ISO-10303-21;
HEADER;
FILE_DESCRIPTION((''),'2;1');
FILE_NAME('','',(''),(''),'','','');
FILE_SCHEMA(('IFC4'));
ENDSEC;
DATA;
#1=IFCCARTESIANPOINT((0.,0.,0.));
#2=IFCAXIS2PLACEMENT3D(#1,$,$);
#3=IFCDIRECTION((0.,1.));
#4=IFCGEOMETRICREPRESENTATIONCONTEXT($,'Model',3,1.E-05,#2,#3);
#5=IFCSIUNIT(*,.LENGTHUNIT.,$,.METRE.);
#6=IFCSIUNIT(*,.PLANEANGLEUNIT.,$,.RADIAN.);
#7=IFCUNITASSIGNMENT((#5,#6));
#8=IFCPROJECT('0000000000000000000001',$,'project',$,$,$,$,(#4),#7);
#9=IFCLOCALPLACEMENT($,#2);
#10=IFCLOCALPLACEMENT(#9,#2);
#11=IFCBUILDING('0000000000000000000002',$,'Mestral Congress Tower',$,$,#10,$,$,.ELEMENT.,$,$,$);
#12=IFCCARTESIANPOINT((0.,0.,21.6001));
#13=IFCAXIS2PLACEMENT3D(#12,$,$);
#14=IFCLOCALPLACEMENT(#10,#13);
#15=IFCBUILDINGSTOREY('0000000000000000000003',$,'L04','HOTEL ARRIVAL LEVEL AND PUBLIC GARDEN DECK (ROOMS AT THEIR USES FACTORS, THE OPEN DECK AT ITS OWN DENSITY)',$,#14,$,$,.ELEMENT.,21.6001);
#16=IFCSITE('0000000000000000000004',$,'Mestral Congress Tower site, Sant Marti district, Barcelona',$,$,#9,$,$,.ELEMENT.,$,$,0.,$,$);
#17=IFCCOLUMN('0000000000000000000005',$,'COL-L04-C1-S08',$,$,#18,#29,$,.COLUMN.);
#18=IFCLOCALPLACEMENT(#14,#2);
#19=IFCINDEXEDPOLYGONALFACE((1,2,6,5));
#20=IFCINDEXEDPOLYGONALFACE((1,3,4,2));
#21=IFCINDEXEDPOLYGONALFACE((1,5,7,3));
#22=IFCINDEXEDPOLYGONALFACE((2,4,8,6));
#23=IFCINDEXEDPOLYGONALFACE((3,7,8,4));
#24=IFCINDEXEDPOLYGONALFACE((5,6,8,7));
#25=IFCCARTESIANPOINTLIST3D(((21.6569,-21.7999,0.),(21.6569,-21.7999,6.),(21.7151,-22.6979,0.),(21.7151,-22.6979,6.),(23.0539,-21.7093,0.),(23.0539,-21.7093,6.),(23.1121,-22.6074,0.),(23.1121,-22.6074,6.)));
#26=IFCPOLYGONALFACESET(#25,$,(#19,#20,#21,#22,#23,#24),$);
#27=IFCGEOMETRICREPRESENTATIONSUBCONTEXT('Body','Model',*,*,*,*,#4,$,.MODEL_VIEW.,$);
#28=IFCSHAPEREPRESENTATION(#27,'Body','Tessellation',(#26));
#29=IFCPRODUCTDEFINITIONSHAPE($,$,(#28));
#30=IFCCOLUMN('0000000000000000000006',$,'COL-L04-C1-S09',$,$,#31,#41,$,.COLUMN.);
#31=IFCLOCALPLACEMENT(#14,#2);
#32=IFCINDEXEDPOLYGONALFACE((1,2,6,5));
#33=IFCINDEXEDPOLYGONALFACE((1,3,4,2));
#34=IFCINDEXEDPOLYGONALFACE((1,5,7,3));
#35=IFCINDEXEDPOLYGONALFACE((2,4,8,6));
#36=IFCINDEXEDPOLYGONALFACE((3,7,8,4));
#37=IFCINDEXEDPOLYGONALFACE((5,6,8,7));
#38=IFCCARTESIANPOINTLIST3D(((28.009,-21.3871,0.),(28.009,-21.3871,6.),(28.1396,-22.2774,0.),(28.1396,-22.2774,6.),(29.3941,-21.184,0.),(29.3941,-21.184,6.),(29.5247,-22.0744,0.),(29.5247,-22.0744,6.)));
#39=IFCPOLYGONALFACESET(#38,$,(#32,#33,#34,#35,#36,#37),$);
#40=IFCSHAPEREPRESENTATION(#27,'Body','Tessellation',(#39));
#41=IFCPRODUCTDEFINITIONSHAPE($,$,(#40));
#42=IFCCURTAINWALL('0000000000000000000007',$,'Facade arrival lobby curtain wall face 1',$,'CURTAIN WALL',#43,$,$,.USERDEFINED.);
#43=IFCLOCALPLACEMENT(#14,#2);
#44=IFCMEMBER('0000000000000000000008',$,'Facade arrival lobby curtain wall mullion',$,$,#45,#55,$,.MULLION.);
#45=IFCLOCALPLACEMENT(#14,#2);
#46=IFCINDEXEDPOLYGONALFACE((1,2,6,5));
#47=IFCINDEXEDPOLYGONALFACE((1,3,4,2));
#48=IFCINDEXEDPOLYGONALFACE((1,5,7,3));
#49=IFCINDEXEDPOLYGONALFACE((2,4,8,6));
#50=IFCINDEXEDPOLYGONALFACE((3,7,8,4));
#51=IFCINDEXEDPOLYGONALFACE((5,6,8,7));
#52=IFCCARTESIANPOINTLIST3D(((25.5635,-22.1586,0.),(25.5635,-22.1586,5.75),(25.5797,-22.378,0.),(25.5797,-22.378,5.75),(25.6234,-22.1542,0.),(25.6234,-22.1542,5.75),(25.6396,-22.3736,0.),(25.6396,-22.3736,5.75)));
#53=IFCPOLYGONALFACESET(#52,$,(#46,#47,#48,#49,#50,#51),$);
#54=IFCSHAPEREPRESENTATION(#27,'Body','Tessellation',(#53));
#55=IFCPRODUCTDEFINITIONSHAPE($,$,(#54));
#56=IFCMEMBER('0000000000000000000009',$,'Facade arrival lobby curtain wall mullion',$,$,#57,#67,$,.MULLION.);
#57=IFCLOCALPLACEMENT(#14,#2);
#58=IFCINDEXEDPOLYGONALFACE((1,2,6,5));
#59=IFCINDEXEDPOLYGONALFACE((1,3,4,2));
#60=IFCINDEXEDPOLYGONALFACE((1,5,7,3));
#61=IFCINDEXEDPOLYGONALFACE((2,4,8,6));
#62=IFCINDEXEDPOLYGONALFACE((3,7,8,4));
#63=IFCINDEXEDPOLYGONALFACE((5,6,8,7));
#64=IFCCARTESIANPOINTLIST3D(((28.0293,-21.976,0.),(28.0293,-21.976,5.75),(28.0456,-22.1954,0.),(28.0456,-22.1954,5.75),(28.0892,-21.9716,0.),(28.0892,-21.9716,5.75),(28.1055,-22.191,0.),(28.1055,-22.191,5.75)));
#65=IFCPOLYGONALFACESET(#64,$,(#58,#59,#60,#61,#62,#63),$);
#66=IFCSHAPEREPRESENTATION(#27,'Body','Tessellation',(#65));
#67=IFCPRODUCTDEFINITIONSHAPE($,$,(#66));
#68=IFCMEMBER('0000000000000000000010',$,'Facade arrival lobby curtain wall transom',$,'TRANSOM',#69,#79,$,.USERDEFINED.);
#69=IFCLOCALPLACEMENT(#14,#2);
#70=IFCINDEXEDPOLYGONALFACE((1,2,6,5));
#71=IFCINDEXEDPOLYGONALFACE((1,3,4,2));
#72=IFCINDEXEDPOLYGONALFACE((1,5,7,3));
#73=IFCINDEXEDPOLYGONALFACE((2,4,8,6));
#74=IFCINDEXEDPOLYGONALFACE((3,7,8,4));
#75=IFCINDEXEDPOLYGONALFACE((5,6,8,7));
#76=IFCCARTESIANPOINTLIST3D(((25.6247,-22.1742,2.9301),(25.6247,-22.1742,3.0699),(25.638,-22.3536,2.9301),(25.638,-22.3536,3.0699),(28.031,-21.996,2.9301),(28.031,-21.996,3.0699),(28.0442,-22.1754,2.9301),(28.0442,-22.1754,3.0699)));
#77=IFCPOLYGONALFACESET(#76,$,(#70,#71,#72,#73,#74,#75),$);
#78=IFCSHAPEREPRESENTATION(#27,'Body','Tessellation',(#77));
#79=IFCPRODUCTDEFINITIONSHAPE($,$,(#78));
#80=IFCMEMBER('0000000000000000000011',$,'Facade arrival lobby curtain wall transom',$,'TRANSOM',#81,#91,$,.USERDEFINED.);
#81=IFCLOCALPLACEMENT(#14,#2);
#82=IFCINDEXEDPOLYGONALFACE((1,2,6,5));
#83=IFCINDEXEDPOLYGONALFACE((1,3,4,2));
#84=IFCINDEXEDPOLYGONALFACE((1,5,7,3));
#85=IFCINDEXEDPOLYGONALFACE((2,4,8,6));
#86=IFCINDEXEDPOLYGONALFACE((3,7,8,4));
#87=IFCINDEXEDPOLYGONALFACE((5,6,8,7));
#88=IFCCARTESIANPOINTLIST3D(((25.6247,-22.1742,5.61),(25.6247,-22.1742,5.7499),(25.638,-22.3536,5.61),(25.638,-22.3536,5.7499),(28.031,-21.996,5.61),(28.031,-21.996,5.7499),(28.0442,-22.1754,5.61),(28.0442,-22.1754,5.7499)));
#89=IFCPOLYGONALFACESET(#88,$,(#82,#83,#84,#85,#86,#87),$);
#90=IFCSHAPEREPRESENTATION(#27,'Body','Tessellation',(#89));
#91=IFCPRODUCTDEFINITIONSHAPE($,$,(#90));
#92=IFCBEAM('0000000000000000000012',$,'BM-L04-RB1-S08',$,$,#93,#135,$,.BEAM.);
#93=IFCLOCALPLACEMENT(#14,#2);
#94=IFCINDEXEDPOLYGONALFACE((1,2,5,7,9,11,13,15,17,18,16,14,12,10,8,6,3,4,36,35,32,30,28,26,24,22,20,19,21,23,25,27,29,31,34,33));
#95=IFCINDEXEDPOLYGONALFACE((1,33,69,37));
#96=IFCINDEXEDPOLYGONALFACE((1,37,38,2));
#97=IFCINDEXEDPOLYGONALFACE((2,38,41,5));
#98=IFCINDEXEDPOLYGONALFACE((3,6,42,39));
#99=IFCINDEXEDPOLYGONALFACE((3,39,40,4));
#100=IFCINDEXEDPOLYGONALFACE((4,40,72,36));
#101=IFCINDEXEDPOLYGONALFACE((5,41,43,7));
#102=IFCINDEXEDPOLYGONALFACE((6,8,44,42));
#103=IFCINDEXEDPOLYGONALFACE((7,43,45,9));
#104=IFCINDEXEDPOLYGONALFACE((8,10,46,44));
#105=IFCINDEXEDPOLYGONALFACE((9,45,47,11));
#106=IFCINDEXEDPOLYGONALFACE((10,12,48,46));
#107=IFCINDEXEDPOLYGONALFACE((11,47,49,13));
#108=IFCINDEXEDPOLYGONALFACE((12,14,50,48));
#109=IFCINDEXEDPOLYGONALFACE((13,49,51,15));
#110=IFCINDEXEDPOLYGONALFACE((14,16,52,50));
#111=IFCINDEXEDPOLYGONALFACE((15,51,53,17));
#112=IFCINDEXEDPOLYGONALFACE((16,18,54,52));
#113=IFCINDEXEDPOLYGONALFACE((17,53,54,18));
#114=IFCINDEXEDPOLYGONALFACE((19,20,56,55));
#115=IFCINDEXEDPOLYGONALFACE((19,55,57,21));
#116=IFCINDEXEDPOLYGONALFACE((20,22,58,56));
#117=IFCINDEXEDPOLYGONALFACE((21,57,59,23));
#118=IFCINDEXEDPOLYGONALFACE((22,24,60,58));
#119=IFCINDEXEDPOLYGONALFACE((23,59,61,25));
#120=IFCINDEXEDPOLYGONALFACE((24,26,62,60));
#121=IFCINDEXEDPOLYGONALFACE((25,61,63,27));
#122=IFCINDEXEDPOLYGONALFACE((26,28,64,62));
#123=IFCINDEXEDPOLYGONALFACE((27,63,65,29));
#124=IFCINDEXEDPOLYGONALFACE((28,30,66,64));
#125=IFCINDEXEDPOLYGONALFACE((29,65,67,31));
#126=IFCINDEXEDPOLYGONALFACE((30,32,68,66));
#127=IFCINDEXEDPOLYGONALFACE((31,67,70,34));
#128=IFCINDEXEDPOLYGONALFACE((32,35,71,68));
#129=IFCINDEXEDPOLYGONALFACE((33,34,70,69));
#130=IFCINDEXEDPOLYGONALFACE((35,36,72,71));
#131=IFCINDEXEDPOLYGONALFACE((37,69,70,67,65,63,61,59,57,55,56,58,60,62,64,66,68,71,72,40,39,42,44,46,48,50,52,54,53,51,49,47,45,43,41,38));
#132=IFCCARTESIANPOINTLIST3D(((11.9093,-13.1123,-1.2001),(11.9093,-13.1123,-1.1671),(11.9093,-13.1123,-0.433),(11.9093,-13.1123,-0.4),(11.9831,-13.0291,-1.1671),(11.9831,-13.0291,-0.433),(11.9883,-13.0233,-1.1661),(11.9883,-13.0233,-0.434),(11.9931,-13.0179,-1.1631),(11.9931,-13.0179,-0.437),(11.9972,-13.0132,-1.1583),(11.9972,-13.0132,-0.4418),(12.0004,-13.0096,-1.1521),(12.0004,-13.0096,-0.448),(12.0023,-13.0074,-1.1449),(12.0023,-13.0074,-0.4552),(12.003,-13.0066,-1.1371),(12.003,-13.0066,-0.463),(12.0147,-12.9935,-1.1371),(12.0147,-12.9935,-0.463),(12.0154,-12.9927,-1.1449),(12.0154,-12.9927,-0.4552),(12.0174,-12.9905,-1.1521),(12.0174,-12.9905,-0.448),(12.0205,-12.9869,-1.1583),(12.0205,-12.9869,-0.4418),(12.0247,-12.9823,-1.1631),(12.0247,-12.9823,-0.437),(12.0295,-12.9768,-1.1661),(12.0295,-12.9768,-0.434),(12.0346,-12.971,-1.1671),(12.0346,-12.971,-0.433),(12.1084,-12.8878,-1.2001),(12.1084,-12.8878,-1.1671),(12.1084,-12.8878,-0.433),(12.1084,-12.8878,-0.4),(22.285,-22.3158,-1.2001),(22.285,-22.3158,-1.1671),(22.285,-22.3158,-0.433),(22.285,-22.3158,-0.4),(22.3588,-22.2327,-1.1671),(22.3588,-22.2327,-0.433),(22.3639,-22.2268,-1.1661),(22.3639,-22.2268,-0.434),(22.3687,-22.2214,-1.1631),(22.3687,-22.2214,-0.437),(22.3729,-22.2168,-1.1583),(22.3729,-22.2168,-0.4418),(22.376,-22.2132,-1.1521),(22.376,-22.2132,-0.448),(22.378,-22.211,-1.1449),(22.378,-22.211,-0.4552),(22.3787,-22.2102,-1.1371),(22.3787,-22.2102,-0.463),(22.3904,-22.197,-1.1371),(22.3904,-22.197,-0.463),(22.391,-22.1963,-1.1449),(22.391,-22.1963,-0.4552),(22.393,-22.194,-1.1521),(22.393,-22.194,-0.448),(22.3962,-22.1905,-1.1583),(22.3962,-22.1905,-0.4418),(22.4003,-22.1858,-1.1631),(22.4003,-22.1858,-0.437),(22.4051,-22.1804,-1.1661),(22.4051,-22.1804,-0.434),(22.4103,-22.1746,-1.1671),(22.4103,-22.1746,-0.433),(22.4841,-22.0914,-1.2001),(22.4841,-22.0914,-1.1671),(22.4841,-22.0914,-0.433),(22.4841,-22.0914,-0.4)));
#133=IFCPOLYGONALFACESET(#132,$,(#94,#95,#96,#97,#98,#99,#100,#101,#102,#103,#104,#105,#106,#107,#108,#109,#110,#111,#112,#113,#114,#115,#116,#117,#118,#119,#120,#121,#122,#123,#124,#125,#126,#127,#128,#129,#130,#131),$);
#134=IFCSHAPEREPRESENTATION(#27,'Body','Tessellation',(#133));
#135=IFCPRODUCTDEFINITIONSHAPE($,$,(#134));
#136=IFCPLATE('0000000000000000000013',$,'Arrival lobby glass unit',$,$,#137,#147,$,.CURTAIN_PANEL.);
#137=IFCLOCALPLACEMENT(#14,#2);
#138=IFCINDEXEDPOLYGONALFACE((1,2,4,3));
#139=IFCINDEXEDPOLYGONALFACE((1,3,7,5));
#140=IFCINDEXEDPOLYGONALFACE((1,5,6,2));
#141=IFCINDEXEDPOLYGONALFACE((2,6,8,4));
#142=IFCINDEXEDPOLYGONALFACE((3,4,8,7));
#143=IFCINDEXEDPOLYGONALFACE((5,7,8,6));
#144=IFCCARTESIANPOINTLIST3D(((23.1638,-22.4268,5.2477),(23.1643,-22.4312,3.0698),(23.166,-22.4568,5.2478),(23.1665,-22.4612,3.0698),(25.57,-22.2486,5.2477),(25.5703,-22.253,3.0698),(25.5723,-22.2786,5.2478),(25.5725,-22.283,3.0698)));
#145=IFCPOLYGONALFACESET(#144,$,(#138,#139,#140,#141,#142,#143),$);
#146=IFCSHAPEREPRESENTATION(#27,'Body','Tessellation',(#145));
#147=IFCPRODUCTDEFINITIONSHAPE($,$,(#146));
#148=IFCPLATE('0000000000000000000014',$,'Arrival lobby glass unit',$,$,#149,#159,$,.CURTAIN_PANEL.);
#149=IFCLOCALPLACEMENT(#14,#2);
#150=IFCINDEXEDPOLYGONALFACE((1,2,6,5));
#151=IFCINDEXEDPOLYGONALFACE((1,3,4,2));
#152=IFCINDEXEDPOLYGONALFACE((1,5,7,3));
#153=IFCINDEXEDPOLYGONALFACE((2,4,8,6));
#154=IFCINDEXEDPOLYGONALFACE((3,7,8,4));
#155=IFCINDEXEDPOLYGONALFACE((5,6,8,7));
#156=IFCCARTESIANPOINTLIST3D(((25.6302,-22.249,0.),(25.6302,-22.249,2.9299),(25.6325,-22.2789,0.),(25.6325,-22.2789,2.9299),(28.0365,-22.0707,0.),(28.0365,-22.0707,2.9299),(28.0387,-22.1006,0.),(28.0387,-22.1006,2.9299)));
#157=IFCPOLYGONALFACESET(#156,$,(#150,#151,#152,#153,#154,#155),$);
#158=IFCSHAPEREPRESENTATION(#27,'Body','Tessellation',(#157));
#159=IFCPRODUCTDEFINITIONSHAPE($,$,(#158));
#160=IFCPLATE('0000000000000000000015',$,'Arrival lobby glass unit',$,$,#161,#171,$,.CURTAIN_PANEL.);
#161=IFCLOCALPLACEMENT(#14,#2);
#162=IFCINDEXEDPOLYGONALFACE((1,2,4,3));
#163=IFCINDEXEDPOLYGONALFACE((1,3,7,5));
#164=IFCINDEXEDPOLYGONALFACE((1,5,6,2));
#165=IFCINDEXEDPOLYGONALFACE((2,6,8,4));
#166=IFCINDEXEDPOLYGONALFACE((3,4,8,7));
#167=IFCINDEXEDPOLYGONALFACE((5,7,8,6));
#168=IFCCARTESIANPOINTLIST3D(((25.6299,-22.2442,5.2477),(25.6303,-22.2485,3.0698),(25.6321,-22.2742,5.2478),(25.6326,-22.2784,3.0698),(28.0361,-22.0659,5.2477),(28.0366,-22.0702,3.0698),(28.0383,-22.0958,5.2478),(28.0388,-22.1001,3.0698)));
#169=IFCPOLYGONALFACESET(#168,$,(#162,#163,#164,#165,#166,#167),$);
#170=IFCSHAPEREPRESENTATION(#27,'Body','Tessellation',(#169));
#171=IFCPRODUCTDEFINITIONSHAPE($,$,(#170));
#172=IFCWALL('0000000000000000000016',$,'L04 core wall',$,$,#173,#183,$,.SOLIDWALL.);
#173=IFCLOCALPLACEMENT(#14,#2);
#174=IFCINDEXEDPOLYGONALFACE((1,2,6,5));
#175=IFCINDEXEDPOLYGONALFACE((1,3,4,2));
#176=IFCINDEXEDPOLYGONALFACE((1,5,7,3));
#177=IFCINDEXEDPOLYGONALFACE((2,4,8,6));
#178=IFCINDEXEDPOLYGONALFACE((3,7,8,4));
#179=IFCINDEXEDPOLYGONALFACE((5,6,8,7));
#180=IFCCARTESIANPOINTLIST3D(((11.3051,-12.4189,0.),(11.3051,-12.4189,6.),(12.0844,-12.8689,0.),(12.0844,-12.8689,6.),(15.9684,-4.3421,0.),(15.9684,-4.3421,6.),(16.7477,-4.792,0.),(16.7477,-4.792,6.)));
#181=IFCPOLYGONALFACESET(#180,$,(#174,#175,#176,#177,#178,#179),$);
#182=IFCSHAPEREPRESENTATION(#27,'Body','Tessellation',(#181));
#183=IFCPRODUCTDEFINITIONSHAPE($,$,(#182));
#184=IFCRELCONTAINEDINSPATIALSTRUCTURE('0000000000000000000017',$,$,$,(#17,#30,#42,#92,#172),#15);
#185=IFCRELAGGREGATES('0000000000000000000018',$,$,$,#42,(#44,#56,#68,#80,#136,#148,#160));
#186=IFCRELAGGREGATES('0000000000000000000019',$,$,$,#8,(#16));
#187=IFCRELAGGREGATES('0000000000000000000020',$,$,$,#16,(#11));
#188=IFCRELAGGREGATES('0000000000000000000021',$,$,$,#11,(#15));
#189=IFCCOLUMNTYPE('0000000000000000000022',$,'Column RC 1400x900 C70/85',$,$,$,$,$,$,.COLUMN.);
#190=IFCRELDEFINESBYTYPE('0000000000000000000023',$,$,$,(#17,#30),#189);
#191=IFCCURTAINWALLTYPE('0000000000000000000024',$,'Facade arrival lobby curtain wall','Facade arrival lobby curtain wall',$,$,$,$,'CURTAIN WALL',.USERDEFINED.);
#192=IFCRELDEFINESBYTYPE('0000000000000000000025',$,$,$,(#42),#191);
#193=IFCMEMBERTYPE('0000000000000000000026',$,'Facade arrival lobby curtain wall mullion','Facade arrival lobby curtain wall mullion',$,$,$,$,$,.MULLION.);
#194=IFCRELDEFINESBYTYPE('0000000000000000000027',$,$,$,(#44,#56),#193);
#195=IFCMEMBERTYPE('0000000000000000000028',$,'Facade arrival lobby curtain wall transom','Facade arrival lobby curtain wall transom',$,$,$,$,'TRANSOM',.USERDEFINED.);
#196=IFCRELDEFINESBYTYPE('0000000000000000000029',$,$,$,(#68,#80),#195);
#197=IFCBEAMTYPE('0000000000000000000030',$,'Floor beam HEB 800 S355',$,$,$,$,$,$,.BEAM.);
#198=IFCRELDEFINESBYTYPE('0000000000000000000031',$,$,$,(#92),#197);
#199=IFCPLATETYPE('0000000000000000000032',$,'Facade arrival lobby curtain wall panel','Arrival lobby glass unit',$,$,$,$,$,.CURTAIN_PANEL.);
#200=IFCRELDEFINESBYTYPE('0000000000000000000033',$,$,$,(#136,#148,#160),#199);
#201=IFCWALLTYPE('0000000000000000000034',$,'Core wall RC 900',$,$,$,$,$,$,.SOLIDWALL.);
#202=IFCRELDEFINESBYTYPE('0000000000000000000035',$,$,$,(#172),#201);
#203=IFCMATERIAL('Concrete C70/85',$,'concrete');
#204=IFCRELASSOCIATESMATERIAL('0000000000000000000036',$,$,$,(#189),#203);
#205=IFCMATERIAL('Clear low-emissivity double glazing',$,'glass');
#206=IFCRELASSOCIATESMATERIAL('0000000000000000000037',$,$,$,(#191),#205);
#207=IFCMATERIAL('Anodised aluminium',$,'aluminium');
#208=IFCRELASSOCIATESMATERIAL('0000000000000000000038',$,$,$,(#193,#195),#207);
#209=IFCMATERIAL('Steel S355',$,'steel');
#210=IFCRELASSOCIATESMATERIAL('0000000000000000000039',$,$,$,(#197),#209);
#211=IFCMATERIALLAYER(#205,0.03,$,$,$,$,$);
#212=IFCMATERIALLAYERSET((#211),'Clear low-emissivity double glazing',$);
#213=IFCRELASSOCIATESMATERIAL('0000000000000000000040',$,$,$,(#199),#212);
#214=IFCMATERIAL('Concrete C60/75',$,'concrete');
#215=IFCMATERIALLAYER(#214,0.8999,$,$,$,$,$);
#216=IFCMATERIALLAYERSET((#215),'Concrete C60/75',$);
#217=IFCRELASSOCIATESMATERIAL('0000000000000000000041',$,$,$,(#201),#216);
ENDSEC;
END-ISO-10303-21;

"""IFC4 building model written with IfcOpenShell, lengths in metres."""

from ifc_helpers import new_model, si_unit, direction, frame, frame_2d, origin, origin_2d, place, context, subcontext, project, spatial, polyline, rectangle, i_section, outline, extrude, material, layer, layer_set, material_profile, profile_set, type_object, element, aggregate, save


model = new_model("IFC4")

# Units and contexts
model_context = context("Model", 3, precision=1e-05, world=origin(), true_north=direction((0.0, 1.0)))
body_context = subcontext(model_context, "Body", "Model", "MODEL_VIEW")
ifc_project = project(units=[si_unit("LENGTHUNIT", "METRE"), si_unit("PLANEANGLEUNIT", "RADIAN")], contexts=[model_context])

# Site, building, storey
site_placement = place(None, origin())
site = spatial("IfcSite", under=ifc_project, at=site_placement, Name="Mestral Congress Tower site, Sant Marti district, Barcelona", CompositionType="ELEMENT", RefElevation=0.0)
building_placement = place(site_placement, origin())
building = spatial("IfcBuilding", under=site, at=building_placement, Name="Mestral Congress Tower", CompositionType="ELEMENT")
storey_placement = place(building_placement, frame((0.0, 0.0, 21.6001)))
storey = spatial("IfcBuildingStorey", under=building, at=storey_placement, Name="L04", Description="HOTEL ARRIVAL LEVEL AND PUBLIC GARDEN DECK (ROOMS AT THEIR USES FACTORS, THE OPEN DECK AT ITS OWN DENSITY)", CompositionType="ELEMENT", Elevation=21.6001)

# Columns
ifc_material_1 = material(Name="Concrete C70/85", Category="concrete")
ifc_material_profile_1 = material_profile(ifc_material_1, rectangle(XDim=1.3999, YDim=0.8999, at=origin_2d()), Name="RC 1400x900")
ifc_profile_set_1 = profile_set([ifc_material_profile_1], Name="Concrete C70/85")
column_type = type_object("IfcColumnType", Name="Column RC 1400x900 C70/85", PredefinedType="COLUMN", material=ifc_profile_set_1)
for number, where, z_axis, x_axis, name in (
    (1, (22.3845, -22.2036, 0.0), (0.0, 0.0, 1.0), (0.997908, 0.064658, 0.0), "COL-L04-C1-S08"),
    (2, (28.7668, -21.7307, 0.0), (0.0, 0.0, 1.0), (0.989424, 0.145056, 0.0), "COL-L04-C1-S09"),
):
    element("IfcColumn", number, at=place(storey_placement, frame(where, z_axis=z_axis, x_axis=x_axis)), inside=storey, type_object=column_type, Name=name, PredefinedType="COLUMN", context=body_context, shape_type="SweptSolid", body=[
        extrude(rectangle(XDim=1.3999, YDim=0.8999, at=origin_2d()), origin(), (0.0, 0.0, 1.0), 6.0),
    ])

# Curtain wall, members
ifc_material_2 = material(Name="Clear low-emissivity double glazing", Category="glass")
curtain_wall_type = type_object("IfcCurtainWallType", Name="Facade arrival lobby curtain wall", Description="Facade arrival lobby curtain wall", ElementType="CURTAIN WALL", PredefinedType="USERDEFINED", material=ifc_material_2)
curtain_wall_placement = place(storey_placement, origin())
curtain_wall = element("IfcCurtainWall", 3, at=curtain_wall_placement, inside=storey, type_object=curtain_wall_type, Name="Facade arrival lobby curtain wall face 1", ObjectType="CURTAIN WALL", PredefinedType="USERDEFINED")
ifc_material_3 = material(Name="Anodised aluminium", Category="aluminium")
ifc_material_profile_2 = material_profile(ifc_material_3, rectangle(XDim=0.22, YDim=0.0601, at=origin_2d()), Name="CW4 mullion 220 x 60")
ifc_profile_set_2 = profile_set([ifc_material_profile_2], Name="Anodised aluminium")
member_type_1 = type_object("IfcMemberType", Name="Facade arrival lobby curtain wall mullion", Description="Facade arrival lobby curtain wall mullion", PredefinedType="MULLION", material=ifc_profile_set_2)
member_1_placement = place(storey_placement, frame((25.6016, -22.2661, 0.0), z_axis=(0.0, 0.0, 1.0), x_axis=(0.073879, -0.997267, 0.0)))
member_1 = element("IfcMember", 4, at=member_1_placement, type_object=member_type_1, Name="Facade arrival lobby curtain wall mullion", PredefinedType="MULLION", context=body_context, shape_type="SweptSolid", body=[
    extrude(rectangle(XDim=0.22, YDim=0.0601, at=origin_2d()), origin(), (0.0, 0.0, 1.0), 5.75),
])
member_2_placement = place(storey_placement, frame((28.0674, -22.0835, 0.0), z_axis=(0.0, 0.0, 1.0), x_axis=(0.073879, -0.997267, 0.0)))
member_2 = element("IfcMember", 5, at=member_2_placement, type_object=member_type_1, Name="Facade arrival lobby curtain wall mullion", PredefinedType="MULLION", context=body_context, shape_type="SweptSolid", body=[
    extrude(rectangle(XDim=0.22, YDim=0.0601, at=origin_2d()), origin(), (0.0, 0.0, 1.0), 5.75),
])
ifc_material_profile_3 = material_profile(ifc_material_3, rectangle(XDim=0.1799, YDim=0.1399, at=origin_2d()), Name="CW4 transom 180 x 140")
ifc_profile_set_3 = profile_set([ifc_material_profile_3], Name="Anodised aluminium")
member_type_2 = type_object("IfcMemberType", Name="Facade arrival lobby curtain wall transom", Description="Facade arrival lobby curtain wall transom", ElementType="TRANSOM", PredefinedType="USERDEFINED", material=ifc_profile_set_3)
member_3_placement = place(storey_placement, frame((25.6313, -22.2639, 3.0), z_axis=(0.997268, 0.073864, 0.0), x_axis=(-0.073864, 0.997268, 0.0)))
member_3 = element("IfcMember", 6, at=member_3_placement, type_object=member_type_2, Name="Facade arrival lobby curtain wall transom", ObjectType="TRANSOM", PredefinedType="USERDEFINED", context=body_context, shape_type="SweptSolid", body=[
    extrude(rectangle(XDim=0.1799, YDim=0.1399, at=origin_2d()), origin(), (0.0, 0.0, 1.0), 2.4128),
])
member_4_placement = place(storey_placement, frame((25.6313, -22.2639, 5.6799), z_axis=(0.997268, 0.073864, 0.0), x_axis=(-0.073864, 0.997268, 0.0)))
member_4 = element("IfcMember", 7, at=member_4_placement, type_object=member_type_2, Name="Facade arrival lobby curtain wall transom", ObjectType="TRANSOM", PredefinedType="USERDEFINED", context=body_context, shape_type="SweptSolid", body=[
    extrude(rectangle(XDim=0.1799, YDim=0.1399, at=origin_2d()), origin(), (0.0, 0.0, 1.0), 2.4128),
])

# Beam
ifc_material_4 = material(Name="Steel S355", Category="steel")
ifc_material_profile_4 = material_profile(ifc_material_4, i_section(OverallWidth=0.3, OverallDepth=0.8, WebThickness=0.0176, FlangeThickness=0.033, FilletRadius=0.03, at=origin_2d()), Name="HEB 800")
ifc_profile_set_4 = profile_set([ifc_material_profile_4], Name="Steel S355")
beam_type = type_object("IfcBeamType", Name="Floor beam HEB 800 S355", PredefinedType="BEAM", material=ifc_profile_set_4)
beam_placement = place(storey_placement, frame((22.3845, -22.2036, -0.8), z_axis=(-0.748098, 0.663588, 0.0), x_axis=(-0.663588, -0.748098, 0.0)))
element("IfcBeam", 8, at=beam_placement, inside=storey, type_object=beam_type, Name="BM-L04-RB1-S08", PredefinedType="BEAM", context=body_context, shape_type="SweptSolid", body=[
    extrude(i_section(OverallWidth=0.3, OverallDepth=0.8, WebThickness=0.0176, FlangeThickness=0.033, FilletRadius=0.03, at=origin_2d()), origin(), (0.0, 0.0, 1.0), 13.8694),
])

# Plates
ifc_layer_1 = layer(ifc_material_2, 0.03)
ifc_layer_set_1 = layer_set([ifc_layer_1], Name="Clear low-emissivity double glazing")
plate_type = type_object("IfcPlateType", Name="Facade arrival lobby curtain wall panel", Description="Arrival lobby glass unit", PredefinedType="CURTAIN_PANEL", material=ifc_layer_set_1)
plate_1_placement = place(storey_placement, frame((25.5725, -22.283, 3.0698), z_axis=(0.073868, -0.997266, 0.002025), x_axis=(-0.997268, -0.073868, 0.0)))
plate_1 = element("IfcPlate", 9, at=plate_1_placement, type_object=plate_type, Name="Arrival lobby glass unit", PredefinedType="CURTAIN_PANEL", context=body_context, shape_type="SweptSolid", body=[
    extrude(outline(polyline([(0.0, 0.0), (2.4126, 0.0), (2.4128, -2.178), (-0.0001, -2.178), (0.0, 0.0)])), origin(), (0.0, 0.0, -1.0), 0.03),
])
plate_2_placement = place(storey_placement, frame((26.8345, -22.1748, 0.0), z_axis=(0.0, 0.0, 1.0), x_axis=(0.997267, 0.073879, 0.0)))
plate_2 = element("IfcPlate", 10, at=plate_2_placement, type_object=plate_type, Name="Arrival lobby glass unit", PredefinedType="CURTAIN_PANEL", context=body_context, shape_type="SweptSolid", body=[
    extrude(rectangle(XDim=2.4128, YDim=0.03, at=origin_2d()), origin(), (0.0, 0.0, 1.0), 2.9299),
])
plate_3_placement = place(storey_placement, frame((28.0388, -22.1001, 3.0698), z_axis=(0.073914, -0.997263, 0.001973), x_axis=(-0.997265, -0.073915, 0.0)))
plate_3 = element("IfcPlate", 11, at=plate_3_placement, type_object=plate_type, Name="Arrival lobby glass unit", PredefinedType="CURTAIN_PANEL", context=body_context, shape_type="SweptSolid", body=[
    extrude(outline(polyline([(0.0, 0.0), (2.4129, 0.0), (2.413, -2.178), (0.0002, -2.178), (0.0, 0.0)])), origin(), (0.0, 0.0, -1.0), 0.03),
])
aggregate(curtain_wall, [member_1, member_2, member_3, member_4, plate_1, plate_2, plate_3])

# Wall
ifc_material_5 = material(Name="Concrete C60/75", Category="concrete")
ifc_layer_2 = layer(ifc_material_5, 0.8999)
ifc_layer_set_2 = layer_set([ifc_layer_2], Name="Concrete C60/75")
wall_type_1 = type_object("IfcWallType", Name="Core wall RC 900", PredefinedType="SOLIDWALL", material=ifc_layer_set_2)
wall_1_placement = place(storey_placement, frame((11.6948, -12.6438, 0.0), z_axis=(0.0, 0.0, 1.0), x_axis=(0.50001, 0.866019, 0.0)))
element("IfcWall", 12, at=wall_1_placement, inside=storey, type_object=wall_type_1, Name="L04 core wall", PredefinedType="SOLIDWALL", context=body_context, shape_type="SweptSolid", body=[
    extrude(rectangle(XDim=9.3264, YDim=0.8999, at=frame_2d((4.6631, 0.0))), origin(), (0.0, 0.0, 1.0), 6.0),
])

save(model, "model.ifc")
